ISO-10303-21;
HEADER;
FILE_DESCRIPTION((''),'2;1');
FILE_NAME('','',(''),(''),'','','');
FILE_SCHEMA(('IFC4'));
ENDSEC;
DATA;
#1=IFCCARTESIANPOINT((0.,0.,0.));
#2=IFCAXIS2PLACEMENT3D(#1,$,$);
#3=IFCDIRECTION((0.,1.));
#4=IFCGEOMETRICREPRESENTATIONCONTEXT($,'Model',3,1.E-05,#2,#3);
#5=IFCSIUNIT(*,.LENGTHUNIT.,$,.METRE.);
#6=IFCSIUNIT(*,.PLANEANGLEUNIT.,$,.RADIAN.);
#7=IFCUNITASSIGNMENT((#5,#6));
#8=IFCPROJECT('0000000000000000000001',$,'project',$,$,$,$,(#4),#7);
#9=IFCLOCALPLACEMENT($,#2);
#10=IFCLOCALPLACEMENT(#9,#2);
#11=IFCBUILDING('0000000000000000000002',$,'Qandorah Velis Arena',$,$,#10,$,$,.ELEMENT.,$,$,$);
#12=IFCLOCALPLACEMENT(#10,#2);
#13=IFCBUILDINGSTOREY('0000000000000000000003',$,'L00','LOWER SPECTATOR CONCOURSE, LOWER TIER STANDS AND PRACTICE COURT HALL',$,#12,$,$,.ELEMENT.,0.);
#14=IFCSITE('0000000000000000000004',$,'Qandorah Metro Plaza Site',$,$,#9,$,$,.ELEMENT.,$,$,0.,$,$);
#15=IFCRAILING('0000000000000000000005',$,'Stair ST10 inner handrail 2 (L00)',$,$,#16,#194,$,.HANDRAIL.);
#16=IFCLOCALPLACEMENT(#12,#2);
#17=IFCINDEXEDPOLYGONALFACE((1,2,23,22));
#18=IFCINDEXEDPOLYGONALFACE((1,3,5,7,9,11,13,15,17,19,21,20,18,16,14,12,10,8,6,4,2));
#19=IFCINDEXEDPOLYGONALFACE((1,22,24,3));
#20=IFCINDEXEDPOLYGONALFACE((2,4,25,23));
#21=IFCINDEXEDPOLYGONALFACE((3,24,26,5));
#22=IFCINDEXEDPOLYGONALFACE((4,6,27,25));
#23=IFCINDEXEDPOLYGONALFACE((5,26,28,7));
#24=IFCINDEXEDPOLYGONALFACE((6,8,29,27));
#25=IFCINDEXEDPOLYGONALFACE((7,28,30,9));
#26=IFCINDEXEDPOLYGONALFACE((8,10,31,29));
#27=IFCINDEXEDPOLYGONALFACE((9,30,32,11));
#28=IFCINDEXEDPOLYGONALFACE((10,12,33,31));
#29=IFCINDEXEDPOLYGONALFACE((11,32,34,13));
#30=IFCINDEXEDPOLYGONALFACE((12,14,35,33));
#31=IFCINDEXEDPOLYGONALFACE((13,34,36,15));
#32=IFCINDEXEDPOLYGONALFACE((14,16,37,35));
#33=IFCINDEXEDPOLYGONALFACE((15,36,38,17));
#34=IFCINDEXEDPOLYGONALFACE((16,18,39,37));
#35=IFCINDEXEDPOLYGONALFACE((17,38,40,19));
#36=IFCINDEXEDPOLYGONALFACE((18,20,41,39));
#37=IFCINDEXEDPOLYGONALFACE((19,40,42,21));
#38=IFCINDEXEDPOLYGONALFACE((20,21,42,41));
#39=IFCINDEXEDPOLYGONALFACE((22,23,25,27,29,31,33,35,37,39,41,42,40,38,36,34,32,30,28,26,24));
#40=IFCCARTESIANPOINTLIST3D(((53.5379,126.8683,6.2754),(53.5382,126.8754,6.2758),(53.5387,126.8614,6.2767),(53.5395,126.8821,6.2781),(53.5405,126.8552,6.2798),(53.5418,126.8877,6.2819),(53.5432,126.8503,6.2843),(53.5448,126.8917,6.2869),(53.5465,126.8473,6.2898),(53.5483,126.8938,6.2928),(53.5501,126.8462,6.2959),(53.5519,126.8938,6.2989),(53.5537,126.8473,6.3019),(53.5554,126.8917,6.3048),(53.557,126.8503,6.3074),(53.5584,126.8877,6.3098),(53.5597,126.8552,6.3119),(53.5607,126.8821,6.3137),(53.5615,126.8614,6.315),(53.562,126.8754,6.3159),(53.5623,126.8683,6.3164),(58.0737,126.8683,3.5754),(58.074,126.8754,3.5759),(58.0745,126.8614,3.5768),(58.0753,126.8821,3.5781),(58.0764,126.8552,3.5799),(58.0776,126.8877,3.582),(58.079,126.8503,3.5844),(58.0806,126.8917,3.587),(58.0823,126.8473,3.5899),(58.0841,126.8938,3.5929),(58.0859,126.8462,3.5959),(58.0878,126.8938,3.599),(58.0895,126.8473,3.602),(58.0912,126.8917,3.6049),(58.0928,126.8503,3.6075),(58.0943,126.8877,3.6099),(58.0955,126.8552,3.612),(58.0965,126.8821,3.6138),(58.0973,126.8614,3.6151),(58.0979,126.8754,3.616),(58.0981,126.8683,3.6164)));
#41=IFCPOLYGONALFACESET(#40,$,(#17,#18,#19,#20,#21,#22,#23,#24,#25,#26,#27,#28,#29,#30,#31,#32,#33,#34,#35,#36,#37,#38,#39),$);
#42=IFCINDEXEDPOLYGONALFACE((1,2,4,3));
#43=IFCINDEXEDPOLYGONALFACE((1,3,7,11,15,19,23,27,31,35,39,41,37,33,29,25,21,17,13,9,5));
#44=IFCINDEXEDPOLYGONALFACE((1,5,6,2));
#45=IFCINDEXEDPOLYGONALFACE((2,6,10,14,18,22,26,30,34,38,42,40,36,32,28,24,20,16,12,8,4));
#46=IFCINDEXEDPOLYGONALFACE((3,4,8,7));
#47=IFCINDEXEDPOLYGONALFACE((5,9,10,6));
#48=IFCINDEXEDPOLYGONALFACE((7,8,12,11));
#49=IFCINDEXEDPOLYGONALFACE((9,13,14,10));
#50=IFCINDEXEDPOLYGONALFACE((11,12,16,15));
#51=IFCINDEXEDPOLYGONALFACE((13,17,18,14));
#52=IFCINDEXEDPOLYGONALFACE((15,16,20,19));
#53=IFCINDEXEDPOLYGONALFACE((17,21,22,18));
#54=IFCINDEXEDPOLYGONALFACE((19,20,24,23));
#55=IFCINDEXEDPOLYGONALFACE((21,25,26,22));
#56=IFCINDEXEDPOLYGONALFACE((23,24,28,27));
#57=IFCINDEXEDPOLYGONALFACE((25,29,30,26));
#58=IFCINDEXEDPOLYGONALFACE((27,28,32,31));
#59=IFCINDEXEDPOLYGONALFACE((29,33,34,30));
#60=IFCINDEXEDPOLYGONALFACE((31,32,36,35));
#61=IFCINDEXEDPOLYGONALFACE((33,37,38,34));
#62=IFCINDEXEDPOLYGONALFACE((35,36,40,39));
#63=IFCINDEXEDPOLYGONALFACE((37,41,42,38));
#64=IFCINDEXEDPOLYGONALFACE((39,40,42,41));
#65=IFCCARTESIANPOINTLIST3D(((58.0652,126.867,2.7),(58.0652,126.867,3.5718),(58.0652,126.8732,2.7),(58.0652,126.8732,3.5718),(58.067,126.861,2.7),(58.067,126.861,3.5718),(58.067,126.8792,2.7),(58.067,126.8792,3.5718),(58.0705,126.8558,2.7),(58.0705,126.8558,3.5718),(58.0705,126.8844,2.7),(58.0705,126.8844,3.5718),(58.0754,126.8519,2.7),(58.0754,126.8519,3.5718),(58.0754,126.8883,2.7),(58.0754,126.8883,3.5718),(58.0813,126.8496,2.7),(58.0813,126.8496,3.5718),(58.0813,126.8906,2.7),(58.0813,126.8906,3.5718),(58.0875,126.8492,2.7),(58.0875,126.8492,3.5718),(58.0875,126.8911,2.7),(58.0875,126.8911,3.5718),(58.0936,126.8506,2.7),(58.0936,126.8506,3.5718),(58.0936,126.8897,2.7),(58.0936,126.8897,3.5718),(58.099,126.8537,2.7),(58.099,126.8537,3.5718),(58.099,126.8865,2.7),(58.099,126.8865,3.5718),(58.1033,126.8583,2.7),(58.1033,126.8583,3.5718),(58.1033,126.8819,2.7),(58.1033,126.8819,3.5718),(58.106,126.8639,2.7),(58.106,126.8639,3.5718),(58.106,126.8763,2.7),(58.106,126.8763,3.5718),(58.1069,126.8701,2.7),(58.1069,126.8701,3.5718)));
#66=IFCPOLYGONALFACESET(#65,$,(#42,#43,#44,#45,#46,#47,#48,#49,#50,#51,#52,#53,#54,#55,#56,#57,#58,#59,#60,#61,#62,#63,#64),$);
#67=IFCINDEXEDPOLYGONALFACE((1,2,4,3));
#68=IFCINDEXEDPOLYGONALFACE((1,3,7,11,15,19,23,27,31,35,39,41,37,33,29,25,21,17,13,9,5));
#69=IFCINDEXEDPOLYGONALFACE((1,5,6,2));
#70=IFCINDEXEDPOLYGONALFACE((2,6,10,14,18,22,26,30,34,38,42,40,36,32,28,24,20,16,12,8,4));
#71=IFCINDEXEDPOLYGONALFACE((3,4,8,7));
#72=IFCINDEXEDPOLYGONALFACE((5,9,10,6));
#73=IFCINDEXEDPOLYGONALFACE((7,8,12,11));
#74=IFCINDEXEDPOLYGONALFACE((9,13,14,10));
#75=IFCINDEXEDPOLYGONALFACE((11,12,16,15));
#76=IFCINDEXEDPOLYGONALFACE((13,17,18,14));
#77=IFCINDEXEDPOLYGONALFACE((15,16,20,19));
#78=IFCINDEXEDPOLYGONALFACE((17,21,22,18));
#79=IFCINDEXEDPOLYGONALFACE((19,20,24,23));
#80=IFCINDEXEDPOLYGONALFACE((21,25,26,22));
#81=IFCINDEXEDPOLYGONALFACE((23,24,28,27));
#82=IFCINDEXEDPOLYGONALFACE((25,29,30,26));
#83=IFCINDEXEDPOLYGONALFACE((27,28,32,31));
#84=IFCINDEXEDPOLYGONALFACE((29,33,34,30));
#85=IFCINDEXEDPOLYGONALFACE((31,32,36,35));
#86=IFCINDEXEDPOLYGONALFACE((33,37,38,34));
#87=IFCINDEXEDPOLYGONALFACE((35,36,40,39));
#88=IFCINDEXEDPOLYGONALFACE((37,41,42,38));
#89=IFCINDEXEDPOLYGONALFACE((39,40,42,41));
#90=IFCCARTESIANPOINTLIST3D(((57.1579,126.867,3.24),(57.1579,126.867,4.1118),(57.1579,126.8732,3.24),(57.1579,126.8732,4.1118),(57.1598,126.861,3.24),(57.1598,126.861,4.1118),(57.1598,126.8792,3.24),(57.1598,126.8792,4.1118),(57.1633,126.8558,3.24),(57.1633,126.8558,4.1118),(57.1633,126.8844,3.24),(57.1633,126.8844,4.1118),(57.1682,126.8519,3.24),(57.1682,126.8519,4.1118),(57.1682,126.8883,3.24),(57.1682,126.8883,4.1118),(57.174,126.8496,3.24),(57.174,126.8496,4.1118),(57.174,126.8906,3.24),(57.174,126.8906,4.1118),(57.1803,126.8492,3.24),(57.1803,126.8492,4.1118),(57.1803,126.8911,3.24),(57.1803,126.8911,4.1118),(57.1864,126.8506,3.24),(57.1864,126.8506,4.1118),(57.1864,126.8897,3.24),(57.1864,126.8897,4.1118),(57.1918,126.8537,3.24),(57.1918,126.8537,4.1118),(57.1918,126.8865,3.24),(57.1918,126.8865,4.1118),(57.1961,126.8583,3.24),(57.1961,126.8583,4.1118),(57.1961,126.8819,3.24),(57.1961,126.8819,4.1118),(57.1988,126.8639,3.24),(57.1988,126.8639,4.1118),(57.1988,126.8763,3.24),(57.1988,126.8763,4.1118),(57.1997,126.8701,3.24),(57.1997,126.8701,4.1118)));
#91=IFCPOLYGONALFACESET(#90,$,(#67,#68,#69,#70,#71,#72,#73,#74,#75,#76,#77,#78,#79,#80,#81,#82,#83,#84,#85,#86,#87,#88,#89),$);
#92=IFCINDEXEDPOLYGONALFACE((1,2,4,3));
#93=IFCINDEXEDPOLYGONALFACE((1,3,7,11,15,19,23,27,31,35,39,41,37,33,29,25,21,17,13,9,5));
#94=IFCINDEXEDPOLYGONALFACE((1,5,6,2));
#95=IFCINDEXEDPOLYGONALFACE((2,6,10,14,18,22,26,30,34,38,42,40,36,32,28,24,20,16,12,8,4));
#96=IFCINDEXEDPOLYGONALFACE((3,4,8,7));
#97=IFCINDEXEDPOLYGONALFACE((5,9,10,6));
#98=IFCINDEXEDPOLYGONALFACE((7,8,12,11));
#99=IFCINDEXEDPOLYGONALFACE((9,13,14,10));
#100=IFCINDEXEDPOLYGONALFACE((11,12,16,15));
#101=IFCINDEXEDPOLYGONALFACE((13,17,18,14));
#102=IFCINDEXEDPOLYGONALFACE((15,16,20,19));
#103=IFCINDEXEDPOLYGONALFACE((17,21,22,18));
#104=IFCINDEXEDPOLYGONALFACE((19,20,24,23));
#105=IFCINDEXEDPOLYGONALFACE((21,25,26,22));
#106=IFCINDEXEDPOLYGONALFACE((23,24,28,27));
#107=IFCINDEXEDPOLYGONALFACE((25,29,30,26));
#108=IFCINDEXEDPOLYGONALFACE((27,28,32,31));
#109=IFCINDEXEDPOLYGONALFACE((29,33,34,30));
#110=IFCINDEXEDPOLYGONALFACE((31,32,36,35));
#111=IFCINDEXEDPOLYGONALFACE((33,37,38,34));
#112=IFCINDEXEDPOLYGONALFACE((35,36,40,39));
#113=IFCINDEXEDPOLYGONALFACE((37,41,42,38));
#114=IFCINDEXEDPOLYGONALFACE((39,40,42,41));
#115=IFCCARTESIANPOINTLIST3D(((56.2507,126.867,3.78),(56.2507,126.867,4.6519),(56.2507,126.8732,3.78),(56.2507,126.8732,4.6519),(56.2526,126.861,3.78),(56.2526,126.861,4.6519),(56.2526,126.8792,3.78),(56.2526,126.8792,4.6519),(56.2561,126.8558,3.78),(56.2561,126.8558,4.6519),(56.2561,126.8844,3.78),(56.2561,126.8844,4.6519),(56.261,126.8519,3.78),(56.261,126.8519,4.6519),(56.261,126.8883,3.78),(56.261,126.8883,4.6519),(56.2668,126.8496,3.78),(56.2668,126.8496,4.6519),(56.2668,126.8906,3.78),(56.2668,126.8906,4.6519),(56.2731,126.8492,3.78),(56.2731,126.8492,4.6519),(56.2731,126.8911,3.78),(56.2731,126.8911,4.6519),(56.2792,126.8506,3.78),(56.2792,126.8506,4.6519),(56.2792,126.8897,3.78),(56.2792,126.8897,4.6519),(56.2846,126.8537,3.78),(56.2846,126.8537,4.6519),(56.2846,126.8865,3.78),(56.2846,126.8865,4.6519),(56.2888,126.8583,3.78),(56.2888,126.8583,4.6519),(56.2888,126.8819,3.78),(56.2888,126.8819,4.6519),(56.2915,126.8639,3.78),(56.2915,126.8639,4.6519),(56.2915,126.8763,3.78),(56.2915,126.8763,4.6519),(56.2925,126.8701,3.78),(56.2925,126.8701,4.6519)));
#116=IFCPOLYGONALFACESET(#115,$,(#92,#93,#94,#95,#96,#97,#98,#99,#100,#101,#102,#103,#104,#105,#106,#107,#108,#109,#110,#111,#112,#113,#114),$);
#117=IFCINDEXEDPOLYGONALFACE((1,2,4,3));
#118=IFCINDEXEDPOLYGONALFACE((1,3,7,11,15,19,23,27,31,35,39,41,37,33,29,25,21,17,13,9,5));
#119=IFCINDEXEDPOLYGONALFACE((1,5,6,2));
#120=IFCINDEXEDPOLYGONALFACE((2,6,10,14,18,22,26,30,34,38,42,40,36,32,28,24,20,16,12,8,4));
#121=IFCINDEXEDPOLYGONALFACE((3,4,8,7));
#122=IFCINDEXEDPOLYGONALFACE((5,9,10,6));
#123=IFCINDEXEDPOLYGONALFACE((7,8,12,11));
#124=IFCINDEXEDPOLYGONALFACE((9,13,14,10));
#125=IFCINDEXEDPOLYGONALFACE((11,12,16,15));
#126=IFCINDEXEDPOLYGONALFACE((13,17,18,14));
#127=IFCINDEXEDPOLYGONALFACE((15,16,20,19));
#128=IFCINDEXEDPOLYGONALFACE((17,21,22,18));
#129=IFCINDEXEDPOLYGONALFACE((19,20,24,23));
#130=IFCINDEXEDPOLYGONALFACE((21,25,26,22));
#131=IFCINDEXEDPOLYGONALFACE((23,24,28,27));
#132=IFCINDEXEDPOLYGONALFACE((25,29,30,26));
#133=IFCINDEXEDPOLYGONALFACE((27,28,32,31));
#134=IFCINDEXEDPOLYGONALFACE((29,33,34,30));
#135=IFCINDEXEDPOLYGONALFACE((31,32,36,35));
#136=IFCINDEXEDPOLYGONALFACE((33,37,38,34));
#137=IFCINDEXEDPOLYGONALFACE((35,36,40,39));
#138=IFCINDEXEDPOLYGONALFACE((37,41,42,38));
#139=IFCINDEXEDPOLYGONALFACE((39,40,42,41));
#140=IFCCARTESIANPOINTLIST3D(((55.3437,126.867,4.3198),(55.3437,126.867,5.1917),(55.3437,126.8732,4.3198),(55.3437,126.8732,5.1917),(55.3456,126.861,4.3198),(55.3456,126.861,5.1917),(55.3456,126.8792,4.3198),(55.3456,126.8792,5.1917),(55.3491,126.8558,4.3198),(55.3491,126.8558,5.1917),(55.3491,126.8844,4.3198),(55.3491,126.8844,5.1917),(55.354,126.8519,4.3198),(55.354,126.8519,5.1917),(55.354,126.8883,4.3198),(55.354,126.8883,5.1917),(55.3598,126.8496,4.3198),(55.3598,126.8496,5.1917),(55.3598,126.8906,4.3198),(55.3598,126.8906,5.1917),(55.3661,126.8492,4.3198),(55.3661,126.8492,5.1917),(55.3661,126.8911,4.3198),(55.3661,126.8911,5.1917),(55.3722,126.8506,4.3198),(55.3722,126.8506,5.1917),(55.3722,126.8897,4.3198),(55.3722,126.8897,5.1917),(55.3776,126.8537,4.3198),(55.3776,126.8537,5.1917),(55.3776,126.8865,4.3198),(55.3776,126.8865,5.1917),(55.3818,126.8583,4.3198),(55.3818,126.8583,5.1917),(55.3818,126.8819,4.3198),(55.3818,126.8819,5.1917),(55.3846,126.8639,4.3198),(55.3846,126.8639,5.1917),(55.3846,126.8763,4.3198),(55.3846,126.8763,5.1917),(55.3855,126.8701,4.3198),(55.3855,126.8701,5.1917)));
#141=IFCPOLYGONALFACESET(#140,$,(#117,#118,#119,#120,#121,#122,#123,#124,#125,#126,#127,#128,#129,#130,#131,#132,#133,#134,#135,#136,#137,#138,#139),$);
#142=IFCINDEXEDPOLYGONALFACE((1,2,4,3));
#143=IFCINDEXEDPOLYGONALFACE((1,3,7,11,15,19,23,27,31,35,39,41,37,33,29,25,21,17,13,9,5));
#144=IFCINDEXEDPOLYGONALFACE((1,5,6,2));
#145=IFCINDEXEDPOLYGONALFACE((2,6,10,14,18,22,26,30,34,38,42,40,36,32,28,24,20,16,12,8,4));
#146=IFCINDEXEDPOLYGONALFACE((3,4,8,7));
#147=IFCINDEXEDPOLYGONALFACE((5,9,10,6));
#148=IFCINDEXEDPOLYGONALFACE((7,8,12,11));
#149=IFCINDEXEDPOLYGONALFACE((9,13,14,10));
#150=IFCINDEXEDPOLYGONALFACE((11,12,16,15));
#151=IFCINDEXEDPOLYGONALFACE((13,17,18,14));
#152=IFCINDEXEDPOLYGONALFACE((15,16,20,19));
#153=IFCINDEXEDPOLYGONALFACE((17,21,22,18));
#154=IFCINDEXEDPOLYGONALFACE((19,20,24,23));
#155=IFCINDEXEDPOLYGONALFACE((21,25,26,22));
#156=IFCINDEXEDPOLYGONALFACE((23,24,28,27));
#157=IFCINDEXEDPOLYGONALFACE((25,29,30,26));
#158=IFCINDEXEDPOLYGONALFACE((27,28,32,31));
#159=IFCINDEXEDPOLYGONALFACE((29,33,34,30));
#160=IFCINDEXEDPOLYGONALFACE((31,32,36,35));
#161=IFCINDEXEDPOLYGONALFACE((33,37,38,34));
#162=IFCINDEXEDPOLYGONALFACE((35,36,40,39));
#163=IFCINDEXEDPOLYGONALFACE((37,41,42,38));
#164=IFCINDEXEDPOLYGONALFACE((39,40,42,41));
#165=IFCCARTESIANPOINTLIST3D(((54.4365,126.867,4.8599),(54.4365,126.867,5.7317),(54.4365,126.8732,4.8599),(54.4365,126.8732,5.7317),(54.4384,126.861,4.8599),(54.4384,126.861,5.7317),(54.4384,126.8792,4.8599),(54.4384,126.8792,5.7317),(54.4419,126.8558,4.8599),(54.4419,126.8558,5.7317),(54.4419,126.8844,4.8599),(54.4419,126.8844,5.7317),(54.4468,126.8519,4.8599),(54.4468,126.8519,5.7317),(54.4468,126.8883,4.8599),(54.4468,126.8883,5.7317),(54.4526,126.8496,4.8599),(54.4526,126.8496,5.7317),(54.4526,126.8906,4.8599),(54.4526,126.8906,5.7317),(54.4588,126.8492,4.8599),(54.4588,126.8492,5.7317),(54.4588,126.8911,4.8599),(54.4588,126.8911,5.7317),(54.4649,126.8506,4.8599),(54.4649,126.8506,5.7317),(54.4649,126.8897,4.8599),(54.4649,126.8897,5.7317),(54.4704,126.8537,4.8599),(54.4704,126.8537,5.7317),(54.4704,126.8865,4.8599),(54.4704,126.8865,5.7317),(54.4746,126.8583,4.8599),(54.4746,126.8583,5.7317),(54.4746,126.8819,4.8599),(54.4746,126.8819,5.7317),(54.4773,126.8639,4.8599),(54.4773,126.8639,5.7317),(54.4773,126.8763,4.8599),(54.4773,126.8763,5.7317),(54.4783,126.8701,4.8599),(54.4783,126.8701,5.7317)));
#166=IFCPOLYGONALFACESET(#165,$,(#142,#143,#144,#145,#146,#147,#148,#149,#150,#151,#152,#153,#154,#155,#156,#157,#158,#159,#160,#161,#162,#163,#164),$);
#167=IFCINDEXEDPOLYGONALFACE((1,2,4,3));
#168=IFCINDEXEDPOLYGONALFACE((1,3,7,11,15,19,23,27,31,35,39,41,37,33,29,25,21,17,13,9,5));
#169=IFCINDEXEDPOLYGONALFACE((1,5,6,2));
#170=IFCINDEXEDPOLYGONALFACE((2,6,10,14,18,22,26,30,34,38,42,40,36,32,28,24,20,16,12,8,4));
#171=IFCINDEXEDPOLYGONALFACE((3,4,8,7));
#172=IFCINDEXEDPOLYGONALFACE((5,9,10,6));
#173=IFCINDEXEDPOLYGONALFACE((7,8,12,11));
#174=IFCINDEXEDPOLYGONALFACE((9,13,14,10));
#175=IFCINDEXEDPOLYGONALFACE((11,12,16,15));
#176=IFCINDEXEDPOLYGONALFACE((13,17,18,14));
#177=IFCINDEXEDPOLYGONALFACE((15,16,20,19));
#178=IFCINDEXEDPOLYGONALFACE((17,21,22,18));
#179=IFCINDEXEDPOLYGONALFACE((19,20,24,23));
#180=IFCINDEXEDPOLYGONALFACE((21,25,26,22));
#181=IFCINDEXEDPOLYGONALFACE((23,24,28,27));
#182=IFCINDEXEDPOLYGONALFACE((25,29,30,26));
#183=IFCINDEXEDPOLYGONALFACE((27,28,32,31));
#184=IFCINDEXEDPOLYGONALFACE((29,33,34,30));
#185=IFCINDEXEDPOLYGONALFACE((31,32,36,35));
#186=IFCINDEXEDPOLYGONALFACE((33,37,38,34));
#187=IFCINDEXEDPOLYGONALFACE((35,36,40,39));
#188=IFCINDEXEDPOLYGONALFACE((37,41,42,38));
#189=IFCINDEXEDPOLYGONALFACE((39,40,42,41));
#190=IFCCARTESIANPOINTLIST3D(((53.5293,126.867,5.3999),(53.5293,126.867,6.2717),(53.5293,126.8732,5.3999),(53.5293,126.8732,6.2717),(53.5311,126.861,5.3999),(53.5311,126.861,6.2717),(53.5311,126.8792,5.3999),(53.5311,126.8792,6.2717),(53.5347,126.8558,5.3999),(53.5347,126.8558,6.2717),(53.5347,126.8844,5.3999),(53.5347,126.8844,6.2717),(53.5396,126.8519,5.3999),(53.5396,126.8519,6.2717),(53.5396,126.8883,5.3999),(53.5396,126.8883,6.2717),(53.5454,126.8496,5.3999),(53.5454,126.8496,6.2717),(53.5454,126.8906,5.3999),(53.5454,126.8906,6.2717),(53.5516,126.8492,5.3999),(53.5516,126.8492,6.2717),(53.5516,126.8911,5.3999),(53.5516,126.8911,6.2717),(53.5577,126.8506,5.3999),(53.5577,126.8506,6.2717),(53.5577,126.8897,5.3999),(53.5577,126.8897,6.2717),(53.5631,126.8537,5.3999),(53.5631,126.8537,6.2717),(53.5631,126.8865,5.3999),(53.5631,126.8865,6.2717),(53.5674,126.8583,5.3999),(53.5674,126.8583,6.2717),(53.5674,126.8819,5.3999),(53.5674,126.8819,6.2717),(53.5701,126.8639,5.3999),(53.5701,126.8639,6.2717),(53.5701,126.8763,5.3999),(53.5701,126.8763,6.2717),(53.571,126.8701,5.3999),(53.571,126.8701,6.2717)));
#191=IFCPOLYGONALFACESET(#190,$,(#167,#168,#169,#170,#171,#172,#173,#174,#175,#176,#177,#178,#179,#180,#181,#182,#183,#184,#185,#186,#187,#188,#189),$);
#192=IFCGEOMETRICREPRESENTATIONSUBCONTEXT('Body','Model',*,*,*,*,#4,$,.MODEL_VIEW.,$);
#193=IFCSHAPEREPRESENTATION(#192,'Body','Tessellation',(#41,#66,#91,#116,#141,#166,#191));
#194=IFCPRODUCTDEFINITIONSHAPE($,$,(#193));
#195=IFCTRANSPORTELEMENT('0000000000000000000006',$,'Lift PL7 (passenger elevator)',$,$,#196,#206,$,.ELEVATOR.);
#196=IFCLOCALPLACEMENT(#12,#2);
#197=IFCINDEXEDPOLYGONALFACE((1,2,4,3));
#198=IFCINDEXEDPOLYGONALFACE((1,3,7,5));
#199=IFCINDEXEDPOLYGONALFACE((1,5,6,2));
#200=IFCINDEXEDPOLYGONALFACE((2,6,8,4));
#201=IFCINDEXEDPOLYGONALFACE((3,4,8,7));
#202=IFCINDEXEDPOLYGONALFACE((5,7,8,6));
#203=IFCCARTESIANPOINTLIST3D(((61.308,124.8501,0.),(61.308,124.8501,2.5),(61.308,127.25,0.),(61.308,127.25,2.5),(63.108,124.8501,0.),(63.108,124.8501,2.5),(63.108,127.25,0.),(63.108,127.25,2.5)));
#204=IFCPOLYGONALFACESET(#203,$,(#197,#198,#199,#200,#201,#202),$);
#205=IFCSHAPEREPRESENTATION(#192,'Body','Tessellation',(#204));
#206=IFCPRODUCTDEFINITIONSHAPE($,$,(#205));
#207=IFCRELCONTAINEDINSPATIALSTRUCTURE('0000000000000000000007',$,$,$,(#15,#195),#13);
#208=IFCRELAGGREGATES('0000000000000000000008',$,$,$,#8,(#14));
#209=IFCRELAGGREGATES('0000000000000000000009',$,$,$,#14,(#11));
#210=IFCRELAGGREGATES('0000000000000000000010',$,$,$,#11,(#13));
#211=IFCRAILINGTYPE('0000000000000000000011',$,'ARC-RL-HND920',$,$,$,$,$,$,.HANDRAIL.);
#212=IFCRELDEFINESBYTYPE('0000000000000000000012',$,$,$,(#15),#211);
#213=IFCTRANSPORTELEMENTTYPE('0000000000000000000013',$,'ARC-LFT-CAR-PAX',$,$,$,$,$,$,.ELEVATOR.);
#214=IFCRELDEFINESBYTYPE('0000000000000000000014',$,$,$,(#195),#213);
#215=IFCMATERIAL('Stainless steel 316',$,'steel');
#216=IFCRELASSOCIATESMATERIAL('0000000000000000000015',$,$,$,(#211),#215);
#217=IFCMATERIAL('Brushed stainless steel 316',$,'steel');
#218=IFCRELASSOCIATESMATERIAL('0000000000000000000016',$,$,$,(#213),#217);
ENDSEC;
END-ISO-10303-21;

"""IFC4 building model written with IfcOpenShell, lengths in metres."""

from ifc_helpers import new_model, si_unit, direction, frame, origin, origin_2d, place, context, subcontext, project, spatial, rectangle, circle, extrude, material, type_object, element, save


model = new_model("IFC4")

# Units and contexts
model_context = context("Model", 3, precision=1e-05, world=origin(), true_north=direction((0.0, 1.0)))
body_context = subcontext(model_context, "Body", "Model", "MODEL_VIEW")
ifc_project = project(units=[si_unit("LENGTHUNIT", "METRE"), si_unit("PLANEANGLEUNIT", "RADIAN")], contexts=[model_context])

# Site, building, storey
site_placement = place(None, origin())
site = spatial("IfcSite", under=ifc_project, at=site_placement, Name="Qandorah Metro Plaza Site", CompositionType="ELEMENT", RefElevation=0.0)
building_placement = place(site_placement, origin())
building = spatial("IfcBuilding", under=site, at=building_placement, Name="Qandorah Velis Arena", CompositionType="ELEMENT")
storey_placement = place(building_placement, origin())
storey = spatial("IfcBuildingStorey", under=building, at=storey_placement, Name="L00", Description="LOWER SPECTATOR CONCOURSE, LOWER TIER STANDS AND PRACTICE COURT HALL", CompositionType="ELEMENT", Elevation=0.0)

# Railing
ifc_material_1 = material(Name="Stainless steel 316", Category="steel")
railing_type_1 = type_object("IfcRailingType", Name="ARC-RL-HND920", PredefinedType="HANDRAIL", material=ifc_material_1)
railing_1_placement = place(storey_placement, frame((58.0859, 126.8701, 2.7)))
element("IfcRailing", 1, at=railing_1_placement, inside=storey, type_object=railing_type_1, Name="Stair ST10 inner handrail 2 (L00)", PredefinedType="HANDRAIL", context=body_context, shape_type="SweptSolid", body=[
    extrude(circle(Radius=0.0239, at=origin_2d()), frame((0.0, 0.0, 0.896), z_axis=(-0.859291, 0.0, 0.511486), x_axis=(0.0, -1.0, 0.0)), (0.0, 0.0, 1.0), 5.2786),
    extrude(circle(Radius=0.021, at=origin_2d()), origin(), (0.0, 0.0, 1.0), 0.8718),
    extrude(circle(Radius=0.021, at=origin_2d()), frame((-0.9072, 0.0, 0.54)), (0.0, 0.0, 1.0), 0.8718),
    extrude(circle(Radius=0.021, at=origin_2d()), frame((-1.8145, 0.0, 1.0801)), (0.0, 0.0, 1.0), 0.8718),
    extrude(circle(Radius=0.021, at=origin_2d()), frame((-2.7214, 0.0, 1.6199)), (0.0, 0.0, 1.0), 0.8718),
    extrude(circle(Radius=0.021, at=origin_2d()), frame((-3.6287, 0.0, 2.1599)), (0.0, 0.0, 1.0), 0.8718),
    extrude(circle(Radius=0.021, at=origin_2d()), frame((-4.5359, 0.0, 2.7)), (0.0, 0.0, 1.0), 0.8718),
])

# Transport element
ifc_material_2 = material(Name="Brushed stainless steel 316", Category="steel")
transport_element_type = type_object("IfcTransportElementType", Name="ARC-LFT-CAR-PAX", PredefinedType="ELEVATOR", material=ifc_material_2)
transport_element_placement = place(storey_placement, frame((62.208, 126.05, 0.0), z_axis=(0.0, 0.0, 1.0), x_axis=(1.0, 0.0, 0.0)))
element("IfcTransportElement", 2, at=transport_element_placement, inside=storey, type_object=transport_element_type, Name="Lift PL7 (passenger elevator)", PredefinedType="ELEVATOR", context=body_context, shape_type="SweptSolid", body=[
    extrude(rectangle(XDim=1.8, YDim=2.3999, at=origin_2d()), origin(), (0.0, 0.0, 1.0), 2.5),
])

save(model, "model.ifc")
